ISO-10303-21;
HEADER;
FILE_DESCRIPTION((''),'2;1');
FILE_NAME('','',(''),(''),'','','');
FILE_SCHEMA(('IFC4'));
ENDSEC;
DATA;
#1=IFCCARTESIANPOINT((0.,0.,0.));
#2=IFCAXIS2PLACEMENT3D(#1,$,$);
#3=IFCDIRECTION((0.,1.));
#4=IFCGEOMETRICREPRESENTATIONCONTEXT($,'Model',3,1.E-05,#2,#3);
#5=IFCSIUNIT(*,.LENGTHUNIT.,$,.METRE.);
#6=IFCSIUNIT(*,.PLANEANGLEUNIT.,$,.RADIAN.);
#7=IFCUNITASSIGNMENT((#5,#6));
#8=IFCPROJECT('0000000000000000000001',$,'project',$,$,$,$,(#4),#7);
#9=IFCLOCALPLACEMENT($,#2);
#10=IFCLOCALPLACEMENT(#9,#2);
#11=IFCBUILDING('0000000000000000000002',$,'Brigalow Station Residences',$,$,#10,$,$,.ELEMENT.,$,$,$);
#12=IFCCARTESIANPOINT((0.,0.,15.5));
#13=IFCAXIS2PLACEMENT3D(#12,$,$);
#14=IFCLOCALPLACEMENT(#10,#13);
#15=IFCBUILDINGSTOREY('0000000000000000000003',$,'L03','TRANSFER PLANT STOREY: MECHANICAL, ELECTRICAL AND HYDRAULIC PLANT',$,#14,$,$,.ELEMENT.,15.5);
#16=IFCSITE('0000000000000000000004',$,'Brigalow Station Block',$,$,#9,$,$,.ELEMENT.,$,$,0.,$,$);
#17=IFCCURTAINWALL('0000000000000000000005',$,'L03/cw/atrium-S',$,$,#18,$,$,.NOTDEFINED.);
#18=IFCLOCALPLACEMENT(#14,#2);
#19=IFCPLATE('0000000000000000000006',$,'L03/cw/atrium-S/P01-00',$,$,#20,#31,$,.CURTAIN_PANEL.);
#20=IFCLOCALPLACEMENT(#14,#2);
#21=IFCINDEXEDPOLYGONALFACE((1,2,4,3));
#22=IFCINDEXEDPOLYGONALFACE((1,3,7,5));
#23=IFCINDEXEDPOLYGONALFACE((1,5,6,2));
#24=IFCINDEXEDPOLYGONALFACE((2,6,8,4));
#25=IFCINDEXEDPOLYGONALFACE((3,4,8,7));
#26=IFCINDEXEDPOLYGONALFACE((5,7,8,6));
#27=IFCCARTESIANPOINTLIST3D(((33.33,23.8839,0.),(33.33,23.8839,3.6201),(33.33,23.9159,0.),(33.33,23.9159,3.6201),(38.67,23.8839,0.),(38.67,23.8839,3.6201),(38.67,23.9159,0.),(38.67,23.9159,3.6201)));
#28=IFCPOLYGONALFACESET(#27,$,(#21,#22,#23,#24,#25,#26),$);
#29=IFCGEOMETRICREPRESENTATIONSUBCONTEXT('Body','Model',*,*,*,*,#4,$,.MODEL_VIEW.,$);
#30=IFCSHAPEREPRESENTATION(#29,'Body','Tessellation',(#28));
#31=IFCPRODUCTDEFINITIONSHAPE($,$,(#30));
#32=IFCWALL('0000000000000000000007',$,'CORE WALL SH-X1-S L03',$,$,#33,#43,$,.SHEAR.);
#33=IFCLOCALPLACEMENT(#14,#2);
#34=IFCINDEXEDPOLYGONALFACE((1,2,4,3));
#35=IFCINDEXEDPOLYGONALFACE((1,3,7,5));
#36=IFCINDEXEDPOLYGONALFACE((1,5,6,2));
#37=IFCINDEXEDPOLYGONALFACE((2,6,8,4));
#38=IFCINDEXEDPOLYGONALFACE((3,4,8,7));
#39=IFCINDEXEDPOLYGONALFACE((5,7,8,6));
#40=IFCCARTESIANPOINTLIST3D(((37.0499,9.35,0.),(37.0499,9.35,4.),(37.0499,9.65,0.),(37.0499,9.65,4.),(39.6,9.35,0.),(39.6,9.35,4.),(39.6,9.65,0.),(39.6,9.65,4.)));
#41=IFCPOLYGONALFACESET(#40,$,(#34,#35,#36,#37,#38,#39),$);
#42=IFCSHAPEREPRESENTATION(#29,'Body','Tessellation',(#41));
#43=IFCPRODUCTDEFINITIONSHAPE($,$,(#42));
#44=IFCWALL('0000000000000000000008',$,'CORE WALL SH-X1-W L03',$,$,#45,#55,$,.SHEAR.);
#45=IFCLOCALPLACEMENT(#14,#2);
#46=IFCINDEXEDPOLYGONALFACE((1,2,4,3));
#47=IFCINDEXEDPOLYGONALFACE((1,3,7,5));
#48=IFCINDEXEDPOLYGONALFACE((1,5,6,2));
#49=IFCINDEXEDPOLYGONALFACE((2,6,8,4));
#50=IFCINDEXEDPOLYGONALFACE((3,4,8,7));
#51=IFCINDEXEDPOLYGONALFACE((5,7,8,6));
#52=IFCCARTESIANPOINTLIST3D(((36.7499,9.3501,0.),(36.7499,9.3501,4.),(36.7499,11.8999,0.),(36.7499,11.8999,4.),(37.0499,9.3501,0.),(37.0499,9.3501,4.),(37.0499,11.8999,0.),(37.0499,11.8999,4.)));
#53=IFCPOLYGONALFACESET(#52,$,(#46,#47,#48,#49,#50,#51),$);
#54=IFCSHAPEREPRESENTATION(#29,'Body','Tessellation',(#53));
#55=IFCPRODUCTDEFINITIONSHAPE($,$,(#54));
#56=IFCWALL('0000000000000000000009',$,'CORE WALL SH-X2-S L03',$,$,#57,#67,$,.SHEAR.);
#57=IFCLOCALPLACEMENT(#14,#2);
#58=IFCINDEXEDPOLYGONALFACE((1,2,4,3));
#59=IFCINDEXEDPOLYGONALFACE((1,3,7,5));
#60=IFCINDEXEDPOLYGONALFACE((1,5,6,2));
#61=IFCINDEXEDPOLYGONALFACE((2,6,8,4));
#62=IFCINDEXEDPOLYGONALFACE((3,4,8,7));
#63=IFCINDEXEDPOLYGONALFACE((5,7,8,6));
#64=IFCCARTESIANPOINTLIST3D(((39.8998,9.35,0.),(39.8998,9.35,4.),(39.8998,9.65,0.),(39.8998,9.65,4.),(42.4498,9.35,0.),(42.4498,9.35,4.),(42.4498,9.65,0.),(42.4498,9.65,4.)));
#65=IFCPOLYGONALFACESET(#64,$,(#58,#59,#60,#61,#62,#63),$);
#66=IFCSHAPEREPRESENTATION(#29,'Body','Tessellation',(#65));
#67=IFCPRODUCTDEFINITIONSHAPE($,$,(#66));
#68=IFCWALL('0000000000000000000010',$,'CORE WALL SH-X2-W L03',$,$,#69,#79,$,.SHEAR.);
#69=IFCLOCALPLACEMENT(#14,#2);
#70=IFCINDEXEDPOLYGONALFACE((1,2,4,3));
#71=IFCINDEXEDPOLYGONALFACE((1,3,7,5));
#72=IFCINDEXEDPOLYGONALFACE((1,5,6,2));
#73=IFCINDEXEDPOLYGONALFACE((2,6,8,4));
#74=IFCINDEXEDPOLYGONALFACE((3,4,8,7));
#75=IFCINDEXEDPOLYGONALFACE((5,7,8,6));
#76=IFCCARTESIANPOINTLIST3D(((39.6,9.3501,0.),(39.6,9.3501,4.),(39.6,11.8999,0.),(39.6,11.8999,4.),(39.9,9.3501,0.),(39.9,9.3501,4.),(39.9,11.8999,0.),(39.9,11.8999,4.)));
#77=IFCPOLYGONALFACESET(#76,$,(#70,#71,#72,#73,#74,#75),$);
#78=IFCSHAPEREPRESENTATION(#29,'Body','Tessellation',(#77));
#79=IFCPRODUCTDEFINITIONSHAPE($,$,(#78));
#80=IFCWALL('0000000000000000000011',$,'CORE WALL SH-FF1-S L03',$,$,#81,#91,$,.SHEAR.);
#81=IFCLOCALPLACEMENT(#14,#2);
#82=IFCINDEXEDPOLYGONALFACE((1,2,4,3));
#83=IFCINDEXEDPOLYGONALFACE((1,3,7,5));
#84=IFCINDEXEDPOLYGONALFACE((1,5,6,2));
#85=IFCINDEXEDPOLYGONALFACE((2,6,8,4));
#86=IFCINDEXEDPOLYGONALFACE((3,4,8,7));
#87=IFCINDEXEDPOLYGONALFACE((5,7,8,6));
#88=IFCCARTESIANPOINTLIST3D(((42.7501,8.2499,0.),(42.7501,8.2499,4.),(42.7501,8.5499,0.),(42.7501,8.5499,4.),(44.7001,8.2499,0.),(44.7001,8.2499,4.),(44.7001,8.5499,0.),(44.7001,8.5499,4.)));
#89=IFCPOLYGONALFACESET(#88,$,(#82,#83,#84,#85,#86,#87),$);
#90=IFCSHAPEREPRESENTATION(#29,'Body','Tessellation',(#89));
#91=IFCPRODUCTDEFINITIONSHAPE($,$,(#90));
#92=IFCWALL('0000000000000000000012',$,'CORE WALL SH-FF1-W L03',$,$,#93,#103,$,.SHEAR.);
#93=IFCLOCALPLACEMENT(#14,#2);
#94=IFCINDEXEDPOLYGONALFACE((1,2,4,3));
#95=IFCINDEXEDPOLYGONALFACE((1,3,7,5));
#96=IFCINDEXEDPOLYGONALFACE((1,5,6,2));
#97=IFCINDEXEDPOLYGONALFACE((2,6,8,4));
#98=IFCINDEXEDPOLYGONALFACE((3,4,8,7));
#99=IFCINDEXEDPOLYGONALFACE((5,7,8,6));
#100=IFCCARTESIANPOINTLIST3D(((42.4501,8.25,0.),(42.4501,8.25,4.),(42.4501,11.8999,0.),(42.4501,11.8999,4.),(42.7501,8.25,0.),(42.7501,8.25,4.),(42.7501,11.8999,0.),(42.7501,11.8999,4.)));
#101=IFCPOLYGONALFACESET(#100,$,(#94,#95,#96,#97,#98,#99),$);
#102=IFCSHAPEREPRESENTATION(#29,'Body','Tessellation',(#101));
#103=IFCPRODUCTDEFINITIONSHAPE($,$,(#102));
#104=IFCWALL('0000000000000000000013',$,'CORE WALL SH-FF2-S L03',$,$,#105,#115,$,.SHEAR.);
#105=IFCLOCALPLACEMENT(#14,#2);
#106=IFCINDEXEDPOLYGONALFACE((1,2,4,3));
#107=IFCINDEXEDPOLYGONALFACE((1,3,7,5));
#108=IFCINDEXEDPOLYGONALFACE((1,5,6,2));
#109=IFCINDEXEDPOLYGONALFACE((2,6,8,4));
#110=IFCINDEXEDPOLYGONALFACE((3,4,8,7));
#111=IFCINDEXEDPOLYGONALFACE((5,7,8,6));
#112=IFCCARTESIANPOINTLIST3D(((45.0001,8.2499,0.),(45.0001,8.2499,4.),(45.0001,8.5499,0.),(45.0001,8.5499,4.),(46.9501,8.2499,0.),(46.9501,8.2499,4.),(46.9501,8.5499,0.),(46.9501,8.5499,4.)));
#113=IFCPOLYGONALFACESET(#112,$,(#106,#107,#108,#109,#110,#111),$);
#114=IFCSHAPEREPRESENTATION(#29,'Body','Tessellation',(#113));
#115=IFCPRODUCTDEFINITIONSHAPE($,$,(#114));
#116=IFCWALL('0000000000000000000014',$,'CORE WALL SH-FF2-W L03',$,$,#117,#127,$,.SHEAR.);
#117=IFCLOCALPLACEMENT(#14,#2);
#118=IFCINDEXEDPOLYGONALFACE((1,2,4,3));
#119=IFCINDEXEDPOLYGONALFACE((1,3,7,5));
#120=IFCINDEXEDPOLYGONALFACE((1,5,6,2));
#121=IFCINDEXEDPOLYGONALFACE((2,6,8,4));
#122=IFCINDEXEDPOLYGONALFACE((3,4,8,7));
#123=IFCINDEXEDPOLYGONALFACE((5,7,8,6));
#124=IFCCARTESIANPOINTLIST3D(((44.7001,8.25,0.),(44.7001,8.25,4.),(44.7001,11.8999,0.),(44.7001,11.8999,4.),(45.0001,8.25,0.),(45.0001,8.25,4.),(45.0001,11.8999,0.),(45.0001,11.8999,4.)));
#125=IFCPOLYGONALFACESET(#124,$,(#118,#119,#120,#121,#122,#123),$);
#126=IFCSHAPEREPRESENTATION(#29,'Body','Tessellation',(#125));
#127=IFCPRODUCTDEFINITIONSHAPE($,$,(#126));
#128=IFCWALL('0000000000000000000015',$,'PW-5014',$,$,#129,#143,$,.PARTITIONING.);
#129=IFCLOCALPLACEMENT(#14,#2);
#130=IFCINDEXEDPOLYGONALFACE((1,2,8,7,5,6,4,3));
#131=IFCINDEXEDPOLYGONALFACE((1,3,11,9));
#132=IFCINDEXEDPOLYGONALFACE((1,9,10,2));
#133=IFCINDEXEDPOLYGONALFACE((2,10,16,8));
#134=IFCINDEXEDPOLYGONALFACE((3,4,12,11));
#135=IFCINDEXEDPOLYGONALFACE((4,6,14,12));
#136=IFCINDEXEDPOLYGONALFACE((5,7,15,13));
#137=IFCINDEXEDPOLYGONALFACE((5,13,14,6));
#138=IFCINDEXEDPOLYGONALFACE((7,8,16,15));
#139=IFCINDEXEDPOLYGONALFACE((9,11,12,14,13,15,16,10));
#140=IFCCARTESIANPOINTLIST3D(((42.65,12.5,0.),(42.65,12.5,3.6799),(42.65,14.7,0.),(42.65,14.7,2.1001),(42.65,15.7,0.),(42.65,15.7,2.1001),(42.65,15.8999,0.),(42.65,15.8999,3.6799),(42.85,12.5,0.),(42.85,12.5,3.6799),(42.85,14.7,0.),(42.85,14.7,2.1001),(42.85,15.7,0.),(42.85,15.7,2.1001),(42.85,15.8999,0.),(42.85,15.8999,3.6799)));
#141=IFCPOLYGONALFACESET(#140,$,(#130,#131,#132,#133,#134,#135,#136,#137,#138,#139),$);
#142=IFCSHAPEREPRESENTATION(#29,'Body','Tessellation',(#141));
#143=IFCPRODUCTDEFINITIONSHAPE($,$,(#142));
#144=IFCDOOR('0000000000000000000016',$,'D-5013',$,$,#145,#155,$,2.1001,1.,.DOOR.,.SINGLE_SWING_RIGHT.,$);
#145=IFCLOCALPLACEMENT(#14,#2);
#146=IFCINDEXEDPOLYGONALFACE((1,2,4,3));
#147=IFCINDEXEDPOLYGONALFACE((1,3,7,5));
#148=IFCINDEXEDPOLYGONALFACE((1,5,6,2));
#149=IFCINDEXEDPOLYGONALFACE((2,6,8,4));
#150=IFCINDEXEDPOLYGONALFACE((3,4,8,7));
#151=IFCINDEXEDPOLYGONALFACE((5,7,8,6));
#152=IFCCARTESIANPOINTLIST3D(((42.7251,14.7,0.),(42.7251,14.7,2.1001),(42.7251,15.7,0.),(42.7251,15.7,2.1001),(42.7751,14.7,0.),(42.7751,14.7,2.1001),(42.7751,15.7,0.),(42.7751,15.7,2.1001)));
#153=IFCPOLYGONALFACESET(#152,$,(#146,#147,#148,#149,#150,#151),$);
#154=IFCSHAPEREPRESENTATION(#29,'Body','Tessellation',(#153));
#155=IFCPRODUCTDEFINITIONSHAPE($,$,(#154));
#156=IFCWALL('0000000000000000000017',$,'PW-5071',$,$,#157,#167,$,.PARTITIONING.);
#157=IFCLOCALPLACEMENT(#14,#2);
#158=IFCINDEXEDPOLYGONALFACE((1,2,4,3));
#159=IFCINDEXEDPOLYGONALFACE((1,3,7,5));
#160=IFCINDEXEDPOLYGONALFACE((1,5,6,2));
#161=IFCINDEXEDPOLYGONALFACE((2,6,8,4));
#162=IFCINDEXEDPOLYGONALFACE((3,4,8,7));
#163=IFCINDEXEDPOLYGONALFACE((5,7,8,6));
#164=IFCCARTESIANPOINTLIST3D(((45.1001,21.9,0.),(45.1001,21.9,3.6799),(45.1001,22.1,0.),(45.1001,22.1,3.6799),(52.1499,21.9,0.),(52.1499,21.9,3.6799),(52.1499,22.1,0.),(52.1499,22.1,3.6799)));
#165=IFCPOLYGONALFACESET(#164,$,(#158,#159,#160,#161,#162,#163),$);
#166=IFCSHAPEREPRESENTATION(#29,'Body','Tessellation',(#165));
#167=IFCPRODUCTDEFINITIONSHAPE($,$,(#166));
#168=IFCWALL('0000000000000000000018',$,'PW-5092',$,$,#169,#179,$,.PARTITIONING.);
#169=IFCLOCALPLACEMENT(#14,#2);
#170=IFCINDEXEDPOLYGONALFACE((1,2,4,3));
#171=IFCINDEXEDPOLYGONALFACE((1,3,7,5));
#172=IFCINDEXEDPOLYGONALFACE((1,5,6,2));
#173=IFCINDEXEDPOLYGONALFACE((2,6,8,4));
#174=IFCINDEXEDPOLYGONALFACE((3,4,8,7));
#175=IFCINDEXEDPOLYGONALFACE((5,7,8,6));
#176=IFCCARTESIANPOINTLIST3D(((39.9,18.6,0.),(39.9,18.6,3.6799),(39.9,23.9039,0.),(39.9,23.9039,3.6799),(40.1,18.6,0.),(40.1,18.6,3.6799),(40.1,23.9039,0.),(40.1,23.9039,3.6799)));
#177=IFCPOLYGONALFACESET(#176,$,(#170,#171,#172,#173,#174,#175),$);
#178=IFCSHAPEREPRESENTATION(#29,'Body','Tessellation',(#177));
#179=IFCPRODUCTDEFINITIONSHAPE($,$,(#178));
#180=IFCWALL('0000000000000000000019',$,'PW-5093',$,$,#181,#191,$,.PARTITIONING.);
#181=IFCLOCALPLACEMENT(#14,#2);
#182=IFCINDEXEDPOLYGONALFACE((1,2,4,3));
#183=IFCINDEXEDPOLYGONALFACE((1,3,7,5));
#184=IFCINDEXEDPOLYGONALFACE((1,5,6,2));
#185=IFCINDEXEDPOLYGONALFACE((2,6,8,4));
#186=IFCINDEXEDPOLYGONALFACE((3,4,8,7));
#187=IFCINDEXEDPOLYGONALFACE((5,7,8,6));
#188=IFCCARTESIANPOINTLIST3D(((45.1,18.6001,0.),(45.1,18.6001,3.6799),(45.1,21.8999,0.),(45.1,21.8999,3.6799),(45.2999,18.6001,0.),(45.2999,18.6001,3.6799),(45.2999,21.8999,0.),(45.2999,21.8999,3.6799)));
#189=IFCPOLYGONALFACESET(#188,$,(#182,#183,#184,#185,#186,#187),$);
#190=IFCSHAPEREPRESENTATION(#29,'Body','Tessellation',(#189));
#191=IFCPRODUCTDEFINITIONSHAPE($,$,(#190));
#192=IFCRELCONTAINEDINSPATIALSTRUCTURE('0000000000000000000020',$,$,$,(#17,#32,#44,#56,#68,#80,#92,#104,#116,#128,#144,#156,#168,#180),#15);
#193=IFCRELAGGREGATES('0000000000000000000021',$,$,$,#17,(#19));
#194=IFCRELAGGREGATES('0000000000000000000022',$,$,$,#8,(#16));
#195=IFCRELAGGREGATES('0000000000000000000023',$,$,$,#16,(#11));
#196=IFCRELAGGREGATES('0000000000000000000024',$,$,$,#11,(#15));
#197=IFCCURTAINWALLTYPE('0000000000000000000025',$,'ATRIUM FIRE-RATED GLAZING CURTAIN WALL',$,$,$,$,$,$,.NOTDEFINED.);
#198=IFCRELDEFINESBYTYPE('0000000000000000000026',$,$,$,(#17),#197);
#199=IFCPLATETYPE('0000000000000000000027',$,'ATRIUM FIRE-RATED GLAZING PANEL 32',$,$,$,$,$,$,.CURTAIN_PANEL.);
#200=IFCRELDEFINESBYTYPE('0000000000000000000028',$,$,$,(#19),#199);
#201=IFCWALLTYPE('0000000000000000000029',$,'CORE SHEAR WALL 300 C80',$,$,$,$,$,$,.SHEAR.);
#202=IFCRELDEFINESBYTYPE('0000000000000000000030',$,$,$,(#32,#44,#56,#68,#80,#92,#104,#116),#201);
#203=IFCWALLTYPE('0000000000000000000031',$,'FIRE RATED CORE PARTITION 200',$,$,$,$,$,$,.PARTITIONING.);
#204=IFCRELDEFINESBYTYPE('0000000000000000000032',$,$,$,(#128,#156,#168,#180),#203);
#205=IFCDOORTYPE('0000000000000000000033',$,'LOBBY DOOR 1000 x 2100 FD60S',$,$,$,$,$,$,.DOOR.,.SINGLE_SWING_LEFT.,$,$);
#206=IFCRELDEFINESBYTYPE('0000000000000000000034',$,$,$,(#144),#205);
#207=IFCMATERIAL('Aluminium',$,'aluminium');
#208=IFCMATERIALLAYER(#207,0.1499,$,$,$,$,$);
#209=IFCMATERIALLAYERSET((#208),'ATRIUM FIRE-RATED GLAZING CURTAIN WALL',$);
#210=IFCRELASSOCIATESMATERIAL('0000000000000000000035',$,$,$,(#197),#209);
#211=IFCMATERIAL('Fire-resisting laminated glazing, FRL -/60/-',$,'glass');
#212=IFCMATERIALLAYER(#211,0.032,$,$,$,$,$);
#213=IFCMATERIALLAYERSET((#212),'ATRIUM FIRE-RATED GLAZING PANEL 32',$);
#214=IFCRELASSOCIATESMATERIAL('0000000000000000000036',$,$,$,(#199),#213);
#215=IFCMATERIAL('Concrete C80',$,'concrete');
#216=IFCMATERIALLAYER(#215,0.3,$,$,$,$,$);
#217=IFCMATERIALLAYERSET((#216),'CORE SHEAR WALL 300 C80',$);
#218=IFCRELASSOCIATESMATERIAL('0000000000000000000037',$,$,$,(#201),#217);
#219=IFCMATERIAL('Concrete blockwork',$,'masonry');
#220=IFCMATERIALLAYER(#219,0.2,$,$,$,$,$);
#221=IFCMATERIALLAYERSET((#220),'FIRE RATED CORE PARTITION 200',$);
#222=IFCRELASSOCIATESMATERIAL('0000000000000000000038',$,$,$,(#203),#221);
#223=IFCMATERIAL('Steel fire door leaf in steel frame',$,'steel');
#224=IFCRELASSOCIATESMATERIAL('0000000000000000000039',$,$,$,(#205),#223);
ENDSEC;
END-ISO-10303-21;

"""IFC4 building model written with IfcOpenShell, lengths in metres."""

from ifc_helpers import new_model, si_unit, direction, frame, frame_2d, origin, origin_2d, place, context, subcontext, project, spatial, rectangle, extrude, material, layer, layer_set, type_object, element, fill, aggregate, save


model = new_model("IFC4")

# Units and contexts
model_context = context("Model", 3, precision=1e-05, world=origin(), true_north=direction((0.0, 1.0)))
body_context = subcontext(model_context, "Body", "Model", "MODEL_VIEW")
ifc_project = project(units=[si_unit("LENGTHUNIT", "METRE"), si_unit("PLANEANGLEUNIT", "RADIAN")], contexts=[model_context])

# Site, building, storey
site_placement = place(None, origin())
site = spatial("IfcSite", under=ifc_project, at=site_placement, Name="Brigalow Station Block", CompositionType="ELEMENT", RefElevation=0.0)
building_placement = place(site_placement, origin())
building = spatial("IfcBuilding", under=site, at=building_placement, Name="Brigalow Station Residences", CompositionType="ELEMENT")
storey_placement = place(building_placement, frame((0.0, 0.0, 15.5)))
storey = spatial("IfcBuildingStorey", under=building, at=storey_placement, Name="L03", Description="TRANSFER PLANT STOREY: MECHANICAL, ELECTRICAL AND HYDRAULIC PLANT", CompositionType="ELEMENT", Elevation=15.5)

# Curtain wall, plate
ifc_material_1 = material(Name="Aluminium", Category="aluminium")
ifc_layer_1 = layer(ifc_material_1, 0.1499)
ifc_layer_set_1 = layer_set([ifc_layer_1], Name="ATRIUM FIRE-RATED GLAZING CURTAIN WALL")
curtain_wall_type = type_object("IfcCurtainWallType", Name="ATRIUM FIRE-RATED GLAZING CURTAIN WALL", PredefinedType="NOTDEFINED", material=ifc_layer_set_1)
curtain_wall_placement = place(storey_placement, origin())
curtain_wall = element("IfcCurtainWall", 1, at=curtain_wall_placement, inside=storey, type_object=curtain_wall_type, Name="L03/cw/atrium-S", PredefinedType="NOTDEFINED")
ifc_material_2 = material(Name="Fire-resisting laminated glazing, FRL -/60/-", Category="glass")
ifc_layer_2 = layer(ifc_material_2, 0.032)
ifc_layer_set_2 = layer_set([ifc_layer_2], Name="ATRIUM FIRE-RATED GLAZING PANEL 32")
plate_type = type_object("IfcPlateType", Name="ATRIUM FIRE-RATED GLAZING PANEL 32", PredefinedType="CURTAIN_PANEL", material=ifc_layer_set_2)
plate_placement = place(storey_placement, frame((36.0, 23.8999, 0.0), z_axis=(0.0, 0.0, 1.0), x_axis=(1.0, 0.0, 0.0)))
plate = element("IfcPlate", 2, at=plate_placement, type_object=plate_type, Name="L03/cw/atrium-S/P01-00", PredefinedType="CURTAIN_PANEL", context=body_context, shape_type="SweptSolid", body=[
    extrude(rectangle(XDim=5.3401, YDim=0.032, at=origin_2d()), origin(), (0.0, 0.0, 1.0), 3.6201),
])
aggregate(curtain_wall, [plate])

# Walls
ifc_material_3 = material(Name="Concrete C80", Category="concrete")
ifc_layer_3 = layer(ifc_material_3, 0.3)
ifc_layer_set_3 = layer_set([ifc_layer_3], Name="CORE SHEAR WALL 300 C80")
wall_type_1 = type_object("IfcWallType", Name="CORE SHEAR WALL 300 C80", PredefinedType="SHEAR", material=ifc_layer_set_3)
wall_1_placement = place(storey_placement, frame((37.05, 9.5, 0.0), z_axis=(0.0, 0.0, 1.0), x_axis=(1.0, 0.0, 0.0)))
element("IfcWall", 3, at=wall_1_placement, inside=storey, type_object=wall_type_1, Name="CORE WALL SH-X1-S L03", PredefinedType="SHEAR", context=body_context, shape_type="SweptSolid", body=[
    extrude(rectangle(XDim=2.55, YDim=0.3, at=frame_2d((1.2749, 0.0))), origin(), (0.0, 0.0, 1.0), 4.0),
])
wall_2_placement = place(storey_placement, frame((36.8999, 9.3501, 0.0), z_axis=(0.0, 0.0, 1.0), x_axis=(0.0, 1.0, 0.0)))
element("IfcWall", 4, at=wall_2_placement, inside=storey, type_object=wall_type_1, Name="CORE WALL SH-X1-W L03", PredefinedType="SHEAR", context=body_context, shape_type="SweptSolid", body=[
    extrude(rectangle(XDim=2.5498, YDim=0.3, at=frame_2d((1.2749, 0.0))), origin(), (0.0, 0.0, 1.0), 4.0),
])
wall_3_placement = place(storey_placement, frame((39.8999, 9.5, 0.0), z_axis=(0.0, 0.0, 1.0), x_axis=(1.0, 0.0, 0.0)))
element("IfcWall", 5, at=wall_3_placement, inside=storey, type_object=wall_type_1, Name="CORE WALL SH-X2-S L03", PredefinedType="SHEAR", context=body_context, shape_type="SweptSolid", body=[
    extrude(rectangle(XDim=2.55, YDim=0.3, at=frame_2d((1.2749, 0.0))), origin(), (0.0, 0.0, 1.0), 4.0),
])
wall_4_placement = place(storey_placement, frame((39.75, 9.3501, 0.0), z_axis=(0.0, 0.0, 1.0), x_axis=(0.0, 1.0, 0.0)))
element("IfcWall", 6, at=wall_4_placement, inside=storey, type_object=wall_type_1, Name="CORE WALL SH-X2-W L03", PredefinedType="SHEAR", context=body_context, shape_type="SweptSolid", body=[
    extrude(rectangle(XDim=2.5498, YDim=0.3, at=frame_2d((1.2749, 0.0))), origin(), (0.0, 0.0, 1.0), 4.0),
])
wall_5_placement = place(storey_placement, frame((42.75, 8.3999, 0.0), z_axis=(0.0, 0.0, 1.0), x_axis=(1.0, 0.0, 0.0)))
element("IfcWall", 7, at=wall_5_placement, inside=storey, type_object=wall_type_1, Name="CORE WALL SH-FF1-S L03", PredefinedType="SHEAR", context=body_context, shape_type="SweptSolid", body=[
    extrude(rectangle(XDim=1.95, YDim=0.3, at=frame_2d((0.9751, 0.0))), origin(), (0.0, 0.0, 1.0), 4.0),
])
wall_6_placement = place(storey_placement, frame((42.6001, 8.25, 0.0), z_axis=(0.0, 0.0, 1.0), x_axis=(0.0, 1.0, 0.0)))
element("IfcWall", 8, at=wall_6_placement, inside=storey, type_object=wall_type_1, Name="CORE WALL SH-FF1-W L03", PredefinedType="SHEAR", context=body_context, shape_type="SweptSolid", body=[
    extrude(rectangle(XDim=3.6499, YDim=0.3, at=frame_2d((1.825, 0.0))), origin(), (0.0, 0.0, 1.0), 4.0),
])
wall_7_placement = place(storey_placement, frame((45.0, 8.3999, 0.0), z_axis=(0.0, 0.0, 1.0), x_axis=(1.0, 0.0, 0.0)))
element("IfcWall", 9, at=wall_7_placement, inside=storey, type_object=wall_type_1, Name="CORE WALL SH-FF2-S L03", PredefinedType="SHEAR", context=body_context, shape_type="SweptSolid", body=[
    extrude(rectangle(XDim=1.95, YDim=0.3, at=frame_2d((0.9751, 0.0))), origin(), (0.0, 0.0, 1.0), 4.0),
])
wall_8_placement = place(storey_placement, frame((44.8501, 8.25, 0.0), z_axis=(0.0, 0.0, 1.0), x_axis=(0.0, 1.0, 0.0)))
element("IfcWall", 10, at=wall_8_placement, inside=storey, type_object=wall_type_1, Name="CORE WALL SH-FF2-W L03", PredefinedType="SHEAR", context=body_context, shape_type="SweptSolid", body=[
    extrude(rectangle(XDim=3.6499, YDim=0.3, at=frame_2d((1.825, 0.0))), origin(), (0.0, 0.0, 1.0), 4.0),
])

# Wall, opening, door
ifc_material_4 = material(Name="Concrete blockwork", Category="masonry")
ifc_layer_4 = layer(ifc_material_4, 0.2)
ifc_layer_set_4 = layer_set([ifc_layer_4], Name="FIRE RATED CORE PARTITION 200")
wall_type_2 = type_object("IfcWallType", Name="FIRE RATED CORE PARTITION 200", PredefinedType="PARTITIONING", material=ifc_layer_set_4)
wall_9_placement = place(storey_placement, frame((42.75, 12.5, 0.0), z_axis=(0.0, 0.0, 1.0), x_axis=(0.0, 1.0, 0.0)))
wall_9 = element("IfcWall", 11, at=wall_9_placement, inside=storey, type_object=wall_type_2, Name="PW-5014", PredefinedType="PARTITIONING", context=body_context, shape_type="SweptSolid", body=[
    extrude(rectangle(XDim=3.3999, YDim=0.2, at=frame_2d((1.7, 0.0))), origin(), (0.0, 0.0, 1.0), 3.6799),
])
opening_placement = place(wall_9_placement, frame((2.2, 0.0, 0.0)))
opening = element("IfcOpeningElement", 12, at=opening_placement, cuts=wall_9, PredefinedType="OPENING", context=body_context, shape_type="SweptSolid", body=[
    extrude(rectangle(XDim=1.0, YDim=2.1001, at=frame_2d((0.5, 1.05))), frame((0.0, 0.1099, 0.0), z_axis=(0.0, -1.0, 0.0), x_axis=(1.0, 0.0, 0.0)), (0.0, 0.0, 1.0), 0.22),
])
ifc_material_5 = material(Name="Steel fire door leaf in steel frame", Category="steel")
door_type = type_object("IfcDoorType", Name="LOBBY DOOR 1000 x 2100 FD60S", OperationType="SINGLE_SWING_LEFT", PredefinedType="DOOR", material=ifc_material_5)
door_placement = place(opening_placement, origin())
door = element("IfcDoor", 13, at=door_placement, inside=storey, type_object=door_type, Name="D-5013", OperationType="SINGLE_SWING_RIGHT", OverallHeight=2.1001, OverallWidth=1.0, PredefinedType="DOOR", context=body_context, shape_type="SweptSolid", body=[
    extrude(rectangle(XDim=1.0, YDim=2.1001, at=frame_2d((0.5, 1.05))), frame((0.0, 0.0249, 0.0), z_axis=(0.0, -1.0, 0.0), x_axis=(1.0, 0.0, 0.0)), (0.0, 0.0, 1.0), 0.05),
])
fill(opening, door)

# Walls
wall_10_placement = place(storey_placement, frame((45.1001, 22.0, 0.0), z_axis=(0.0, 0.0, 1.0), x_axis=(1.0, 0.0, 0.0)))
element("IfcWall", 14, at=wall_10_placement, inside=storey, type_object=wall_type_2, Name="PW-5071", PredefinedType="PARTITIONING", context=body_context, shape_type="SweptSolid", body=[
    extrude(rectangle(XDim=7.0498, YDim=0.2, at=frame_2d((3.5249, 0.0))), origin(), (0.0, 0.0, 1.0), 3.6799),
])
wall_11_placement = place(storey_placement, frame((40.0, 18.6001, 0.0), z_axis=(0.0, 0.0, 1.0), x_axis=(0.0, 1.0, 0.0)))
element("IfcWall", 15, at=wall_11_placement, inside=storey, type_object=wall_type_2, Name="PW-5092", PredefinedType="PARTITIONING", context=body_context, shape_type="SweptSolid", body=[
    extrude(rectangle(XDim=5.304, YDim=0.2, at=frame_2d((2.6519, 0.0))), origin(), (0.0, 0.0, 1.0), 3.6799),
])
wall_12_placement = place(storey_placement, frame((45.2, 18.6001, 0.0), z_axis=(0.0, 0.0, 1.0), x_axis=(0.0, 1.0, 0.0)))
element("IfcWall", 16, at=wall_12_placement, inside=storey, type_object=wall_type_2, Name="PW-5093", PredefinedType="PARTITIONING", context=body_context, shape_type="SweptSolid", body=[
    extrude(rectangle(XDim=3.2998, YDim=0.2, at=frame_2d((1.6499, 0.0))), origin(), (0.0, 0.0, 1.0), 3.6799),
])

save(model, "model.ifc")
